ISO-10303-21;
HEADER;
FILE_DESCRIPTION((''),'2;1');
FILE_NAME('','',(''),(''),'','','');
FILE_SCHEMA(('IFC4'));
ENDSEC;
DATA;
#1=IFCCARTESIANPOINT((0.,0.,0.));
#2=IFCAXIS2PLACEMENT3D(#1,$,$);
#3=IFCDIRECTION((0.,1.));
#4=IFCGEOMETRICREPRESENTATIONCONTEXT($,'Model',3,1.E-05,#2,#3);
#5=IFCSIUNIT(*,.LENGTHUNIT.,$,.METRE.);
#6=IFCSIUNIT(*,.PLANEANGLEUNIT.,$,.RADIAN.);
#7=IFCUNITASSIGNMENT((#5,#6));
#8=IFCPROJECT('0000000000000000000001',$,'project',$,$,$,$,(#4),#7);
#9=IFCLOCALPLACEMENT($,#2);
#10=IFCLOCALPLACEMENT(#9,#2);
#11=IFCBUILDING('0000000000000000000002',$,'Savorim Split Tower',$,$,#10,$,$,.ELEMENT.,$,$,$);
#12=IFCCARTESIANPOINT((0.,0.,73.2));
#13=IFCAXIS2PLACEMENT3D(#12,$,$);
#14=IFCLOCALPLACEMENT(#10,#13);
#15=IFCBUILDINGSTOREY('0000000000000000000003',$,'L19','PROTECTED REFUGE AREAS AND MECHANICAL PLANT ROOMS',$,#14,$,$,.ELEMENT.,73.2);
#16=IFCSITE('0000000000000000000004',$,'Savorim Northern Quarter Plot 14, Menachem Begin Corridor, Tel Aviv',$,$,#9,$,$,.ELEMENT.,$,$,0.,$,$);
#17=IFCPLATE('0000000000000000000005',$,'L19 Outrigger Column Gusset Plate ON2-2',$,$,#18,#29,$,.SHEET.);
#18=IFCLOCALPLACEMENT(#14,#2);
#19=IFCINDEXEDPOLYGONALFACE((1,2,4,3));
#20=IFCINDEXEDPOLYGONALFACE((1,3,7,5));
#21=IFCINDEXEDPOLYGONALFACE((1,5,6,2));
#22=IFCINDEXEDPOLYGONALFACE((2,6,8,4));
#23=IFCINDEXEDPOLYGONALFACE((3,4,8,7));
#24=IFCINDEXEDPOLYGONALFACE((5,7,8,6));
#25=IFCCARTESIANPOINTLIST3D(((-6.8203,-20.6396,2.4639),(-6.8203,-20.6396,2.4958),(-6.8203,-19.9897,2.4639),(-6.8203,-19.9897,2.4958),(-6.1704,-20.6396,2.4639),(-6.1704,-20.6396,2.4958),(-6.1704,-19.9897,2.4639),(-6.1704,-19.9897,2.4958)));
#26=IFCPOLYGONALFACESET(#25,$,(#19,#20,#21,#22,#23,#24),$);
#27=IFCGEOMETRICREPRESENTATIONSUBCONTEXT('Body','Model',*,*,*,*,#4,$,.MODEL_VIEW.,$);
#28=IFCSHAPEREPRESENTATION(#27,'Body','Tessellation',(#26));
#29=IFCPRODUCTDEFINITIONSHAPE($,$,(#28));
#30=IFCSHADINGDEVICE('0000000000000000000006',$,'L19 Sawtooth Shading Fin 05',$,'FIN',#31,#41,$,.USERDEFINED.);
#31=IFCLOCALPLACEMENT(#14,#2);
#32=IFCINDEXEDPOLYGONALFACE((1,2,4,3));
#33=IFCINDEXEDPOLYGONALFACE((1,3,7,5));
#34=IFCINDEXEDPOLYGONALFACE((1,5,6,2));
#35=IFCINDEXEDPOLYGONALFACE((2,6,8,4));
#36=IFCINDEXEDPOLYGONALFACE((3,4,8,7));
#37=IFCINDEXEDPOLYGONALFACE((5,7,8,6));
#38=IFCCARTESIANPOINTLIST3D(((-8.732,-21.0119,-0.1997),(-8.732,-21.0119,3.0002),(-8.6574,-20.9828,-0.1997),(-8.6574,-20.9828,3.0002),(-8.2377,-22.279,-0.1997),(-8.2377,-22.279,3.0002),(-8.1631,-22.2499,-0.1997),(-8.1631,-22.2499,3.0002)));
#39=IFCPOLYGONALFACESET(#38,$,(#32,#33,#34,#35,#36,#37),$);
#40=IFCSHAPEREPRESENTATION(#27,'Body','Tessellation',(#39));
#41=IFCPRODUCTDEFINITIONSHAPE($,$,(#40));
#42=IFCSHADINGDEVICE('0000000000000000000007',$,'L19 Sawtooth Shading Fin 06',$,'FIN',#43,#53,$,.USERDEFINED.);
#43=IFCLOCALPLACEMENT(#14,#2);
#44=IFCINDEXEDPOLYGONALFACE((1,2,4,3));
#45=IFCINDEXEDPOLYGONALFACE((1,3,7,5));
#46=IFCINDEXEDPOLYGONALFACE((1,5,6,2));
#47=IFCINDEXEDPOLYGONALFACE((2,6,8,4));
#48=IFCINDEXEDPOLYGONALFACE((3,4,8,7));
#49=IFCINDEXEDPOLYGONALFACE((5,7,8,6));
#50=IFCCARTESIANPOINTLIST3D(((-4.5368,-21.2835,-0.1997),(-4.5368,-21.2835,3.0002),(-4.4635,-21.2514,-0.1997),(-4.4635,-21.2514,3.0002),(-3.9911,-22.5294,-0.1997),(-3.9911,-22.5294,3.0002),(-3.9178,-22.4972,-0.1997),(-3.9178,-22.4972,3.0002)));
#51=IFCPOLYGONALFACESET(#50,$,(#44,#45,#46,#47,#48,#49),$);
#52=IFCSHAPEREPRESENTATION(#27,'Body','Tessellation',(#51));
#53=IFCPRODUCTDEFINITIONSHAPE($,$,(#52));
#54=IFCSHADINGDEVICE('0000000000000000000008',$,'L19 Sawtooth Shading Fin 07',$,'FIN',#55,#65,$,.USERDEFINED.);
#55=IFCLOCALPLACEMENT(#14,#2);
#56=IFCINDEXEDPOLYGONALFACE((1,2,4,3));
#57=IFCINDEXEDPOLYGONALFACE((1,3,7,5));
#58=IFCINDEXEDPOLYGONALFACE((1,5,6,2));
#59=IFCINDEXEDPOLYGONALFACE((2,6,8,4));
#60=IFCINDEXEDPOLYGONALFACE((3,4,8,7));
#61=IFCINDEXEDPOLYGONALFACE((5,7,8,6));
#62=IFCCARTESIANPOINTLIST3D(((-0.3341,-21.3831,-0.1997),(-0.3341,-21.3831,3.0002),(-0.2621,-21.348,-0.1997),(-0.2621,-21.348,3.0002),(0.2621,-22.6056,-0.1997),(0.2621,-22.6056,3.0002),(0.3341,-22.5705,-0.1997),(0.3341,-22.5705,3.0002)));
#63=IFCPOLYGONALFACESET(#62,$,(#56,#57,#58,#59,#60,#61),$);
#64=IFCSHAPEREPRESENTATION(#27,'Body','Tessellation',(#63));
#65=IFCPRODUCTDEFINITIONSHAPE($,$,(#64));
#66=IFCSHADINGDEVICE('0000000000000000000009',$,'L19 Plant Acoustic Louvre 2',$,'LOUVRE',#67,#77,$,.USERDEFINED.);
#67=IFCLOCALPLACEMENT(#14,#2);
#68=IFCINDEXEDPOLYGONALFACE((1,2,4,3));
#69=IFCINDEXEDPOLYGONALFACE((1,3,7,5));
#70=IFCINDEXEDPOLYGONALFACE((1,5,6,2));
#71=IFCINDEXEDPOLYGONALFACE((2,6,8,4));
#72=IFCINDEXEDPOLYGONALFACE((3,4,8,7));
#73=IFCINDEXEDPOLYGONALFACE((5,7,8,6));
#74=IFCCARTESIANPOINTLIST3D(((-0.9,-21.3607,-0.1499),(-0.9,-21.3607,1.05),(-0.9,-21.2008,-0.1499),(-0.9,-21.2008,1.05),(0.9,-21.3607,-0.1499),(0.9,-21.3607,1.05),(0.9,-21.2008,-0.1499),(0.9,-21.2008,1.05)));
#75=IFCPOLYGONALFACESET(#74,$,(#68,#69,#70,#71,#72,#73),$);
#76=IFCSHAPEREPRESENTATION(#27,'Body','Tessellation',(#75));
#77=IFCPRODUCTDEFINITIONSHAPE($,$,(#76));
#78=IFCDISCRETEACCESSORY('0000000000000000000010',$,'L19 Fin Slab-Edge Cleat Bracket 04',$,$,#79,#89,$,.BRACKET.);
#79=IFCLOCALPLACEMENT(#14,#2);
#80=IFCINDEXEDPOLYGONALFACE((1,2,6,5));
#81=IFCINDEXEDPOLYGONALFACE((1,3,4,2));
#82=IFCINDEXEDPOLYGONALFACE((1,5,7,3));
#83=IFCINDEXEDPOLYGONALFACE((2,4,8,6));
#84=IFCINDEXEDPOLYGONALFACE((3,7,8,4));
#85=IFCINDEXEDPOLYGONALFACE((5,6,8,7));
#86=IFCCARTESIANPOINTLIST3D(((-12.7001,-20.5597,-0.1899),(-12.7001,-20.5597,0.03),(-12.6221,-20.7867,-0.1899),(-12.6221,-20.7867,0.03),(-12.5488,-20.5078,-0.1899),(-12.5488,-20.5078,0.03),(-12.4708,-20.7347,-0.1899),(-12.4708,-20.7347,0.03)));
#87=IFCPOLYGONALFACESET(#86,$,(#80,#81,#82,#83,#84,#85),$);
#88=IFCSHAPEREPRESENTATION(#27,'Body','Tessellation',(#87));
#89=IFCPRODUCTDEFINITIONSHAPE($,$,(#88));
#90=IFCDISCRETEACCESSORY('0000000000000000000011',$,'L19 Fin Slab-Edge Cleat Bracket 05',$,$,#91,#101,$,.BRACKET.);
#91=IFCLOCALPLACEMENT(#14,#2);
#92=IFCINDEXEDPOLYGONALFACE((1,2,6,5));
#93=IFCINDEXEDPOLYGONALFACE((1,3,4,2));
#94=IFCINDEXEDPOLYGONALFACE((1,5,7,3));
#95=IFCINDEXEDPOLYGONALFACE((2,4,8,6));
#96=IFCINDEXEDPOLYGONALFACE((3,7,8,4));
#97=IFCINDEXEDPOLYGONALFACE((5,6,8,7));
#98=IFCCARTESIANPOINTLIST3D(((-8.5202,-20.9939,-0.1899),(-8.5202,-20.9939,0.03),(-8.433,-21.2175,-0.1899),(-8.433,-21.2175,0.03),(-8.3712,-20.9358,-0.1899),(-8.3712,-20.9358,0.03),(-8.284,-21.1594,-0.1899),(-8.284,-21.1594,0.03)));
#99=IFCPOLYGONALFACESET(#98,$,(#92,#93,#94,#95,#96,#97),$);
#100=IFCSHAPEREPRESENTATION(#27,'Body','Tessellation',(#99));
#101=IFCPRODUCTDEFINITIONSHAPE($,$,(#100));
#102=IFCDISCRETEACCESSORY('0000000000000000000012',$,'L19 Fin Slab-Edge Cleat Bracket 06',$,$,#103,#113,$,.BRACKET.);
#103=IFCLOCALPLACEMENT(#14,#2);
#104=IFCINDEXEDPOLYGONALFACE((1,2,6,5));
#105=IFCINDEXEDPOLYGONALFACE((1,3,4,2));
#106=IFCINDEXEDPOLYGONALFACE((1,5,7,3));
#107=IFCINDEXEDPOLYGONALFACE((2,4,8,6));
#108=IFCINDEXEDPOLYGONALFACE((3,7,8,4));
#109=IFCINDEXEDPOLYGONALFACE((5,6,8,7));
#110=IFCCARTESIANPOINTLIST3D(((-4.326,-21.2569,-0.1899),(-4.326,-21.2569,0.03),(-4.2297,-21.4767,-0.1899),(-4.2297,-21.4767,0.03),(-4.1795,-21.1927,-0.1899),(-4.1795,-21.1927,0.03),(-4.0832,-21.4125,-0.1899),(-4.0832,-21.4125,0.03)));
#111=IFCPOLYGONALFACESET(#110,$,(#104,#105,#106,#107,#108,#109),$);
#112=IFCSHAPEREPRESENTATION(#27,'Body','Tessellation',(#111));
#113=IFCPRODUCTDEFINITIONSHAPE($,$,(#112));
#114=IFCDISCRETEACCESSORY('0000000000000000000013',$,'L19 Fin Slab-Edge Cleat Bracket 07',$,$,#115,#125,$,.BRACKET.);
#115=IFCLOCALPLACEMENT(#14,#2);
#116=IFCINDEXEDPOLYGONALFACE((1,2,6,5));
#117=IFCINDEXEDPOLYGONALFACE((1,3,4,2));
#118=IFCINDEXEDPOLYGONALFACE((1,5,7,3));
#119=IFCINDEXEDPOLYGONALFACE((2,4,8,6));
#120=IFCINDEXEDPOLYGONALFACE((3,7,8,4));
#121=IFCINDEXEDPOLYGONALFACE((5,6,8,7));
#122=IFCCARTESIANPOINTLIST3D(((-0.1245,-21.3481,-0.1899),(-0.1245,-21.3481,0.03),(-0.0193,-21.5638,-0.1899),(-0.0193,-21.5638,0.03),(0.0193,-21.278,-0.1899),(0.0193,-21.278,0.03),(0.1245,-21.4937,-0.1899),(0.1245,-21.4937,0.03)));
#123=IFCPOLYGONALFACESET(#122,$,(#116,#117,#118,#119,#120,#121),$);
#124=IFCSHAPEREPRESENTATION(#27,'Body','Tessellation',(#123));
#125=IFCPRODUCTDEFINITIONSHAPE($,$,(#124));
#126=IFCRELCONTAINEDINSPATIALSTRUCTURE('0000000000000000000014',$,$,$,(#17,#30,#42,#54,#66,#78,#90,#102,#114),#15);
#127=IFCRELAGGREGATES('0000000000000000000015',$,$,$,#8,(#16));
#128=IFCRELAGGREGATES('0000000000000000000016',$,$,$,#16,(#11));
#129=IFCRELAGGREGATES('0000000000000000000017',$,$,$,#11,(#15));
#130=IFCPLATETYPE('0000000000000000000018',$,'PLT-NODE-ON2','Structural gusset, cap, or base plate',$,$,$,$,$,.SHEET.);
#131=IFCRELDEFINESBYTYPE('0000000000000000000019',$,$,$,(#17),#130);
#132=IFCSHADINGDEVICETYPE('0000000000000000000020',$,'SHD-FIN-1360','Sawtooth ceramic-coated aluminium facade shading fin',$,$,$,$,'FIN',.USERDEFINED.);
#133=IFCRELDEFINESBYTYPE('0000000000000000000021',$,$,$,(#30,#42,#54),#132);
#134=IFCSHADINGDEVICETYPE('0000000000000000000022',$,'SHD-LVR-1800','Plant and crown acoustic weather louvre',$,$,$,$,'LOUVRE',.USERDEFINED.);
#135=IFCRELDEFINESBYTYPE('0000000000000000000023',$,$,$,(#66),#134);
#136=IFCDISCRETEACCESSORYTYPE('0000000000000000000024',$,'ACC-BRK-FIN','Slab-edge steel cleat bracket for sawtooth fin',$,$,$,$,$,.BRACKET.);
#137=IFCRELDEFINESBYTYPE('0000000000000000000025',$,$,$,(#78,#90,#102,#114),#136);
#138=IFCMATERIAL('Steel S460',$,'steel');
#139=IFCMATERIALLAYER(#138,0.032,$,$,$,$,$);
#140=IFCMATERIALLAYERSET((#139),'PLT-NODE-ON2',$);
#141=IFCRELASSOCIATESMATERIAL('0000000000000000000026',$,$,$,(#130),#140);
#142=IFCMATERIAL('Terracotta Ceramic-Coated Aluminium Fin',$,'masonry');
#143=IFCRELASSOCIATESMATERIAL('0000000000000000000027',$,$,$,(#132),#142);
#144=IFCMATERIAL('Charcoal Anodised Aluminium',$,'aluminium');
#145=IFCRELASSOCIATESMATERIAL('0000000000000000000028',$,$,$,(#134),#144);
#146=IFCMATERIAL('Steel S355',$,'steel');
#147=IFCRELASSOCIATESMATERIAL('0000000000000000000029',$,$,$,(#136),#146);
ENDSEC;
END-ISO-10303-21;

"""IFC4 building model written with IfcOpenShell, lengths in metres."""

from ifc_helpers import new_model, si_unit, direction, frame, origin, origin_2d, place, context, subcontext, project, spatial, rectangle, extrude, material, layer, layer_set, type_object, element, save


model = new_model("IFC4")

# Units and contexts
model_context = context("Model", 3, precision=1e-05, world=origin(), true_north=direction((0.0, 1.0)))
body_context = subcontext(model_context, "Body", "Model", "MODEL_VIEW")
ifc_project = project(units=[si_unit("LENGTHUNIT", "METRE"), si_unit("PLANEANGLEUNIT", "RADIAN")], contexts=[model_context])

# Site, building, storey
site_placement = place(None, origin())
site = spatial("IfcSite", under=ifc_project, at=site_placement, Name="Savorim Northern Quarter Plot 14, Menachem Begin Corridor, Tel Aviv", CompositionType="ELEMENT", RefElevation=0.0)
building_placement = place(site_placement, origin())
building = spatial("IfcBuilding", under=site, at=building_placement, Name="Savorim Split Tower", CompositionType="ELEMENT")
storey_placement = place(building_placement, frame((0.0, 0.0, 73.2)))
storey = spatial("IfcBuildingStorey", under=building, at=storey_placement, Name="L19", Description="PROTECTED REFUGE AREAS AND MECHANICAL PLANT ROOMS", CompositionType="ELEMENT", Elevation=73.2)

# Shared definitions
ifc_material_1 = material(Name="Steel S460", Category="steel")

# Shared definitions
ifc_material_2 = material(Name="Steel S355", Category="steel")

# Shared definitions
ifc_material_3 = material(Name="Charcoal Anodised Aluminium", Category="aluminium")

# Plate
ifc_layer_1 = layer(ifc_material_1, 0.032)
ifc_layer_set_1 = layer_set([ifc_layer_1], Name="PLT-NODE-ON2")
plate_type_1 = type_object("IfcPlateType", Name="PLT-NODE-ON2", Description="Structural gusset, cap, or base plate", PredefinedType="SHEET", material=ifc_layer_set_1)
plate_1_placement = place(storey_placement, frame((-6.4954, -20.3147, 2.4639), z_axis=(0.0, 0.0, 1.0), x_axis=(1.0, 0.0, 0.0)))
element("IfcPlate", 1, at=plate_1_placement, inside=storey, type_object=plate_type_1, Name="L19 Outrigger Column Gusset Plate ON2-2", PredefinedType="SHEET", context=body_context, shape_type="SweptSolid", body=[
    extrude(rectangle(XDim=0.6499, YDim=0.6499, at=origin_2d()), origin(), (0.0, 0.0, 1.0), 0.032),
])

# Shading devices
ifc_material_4 = material(Name="Terracotta Ceramic-Coated Aluminium Fin", Category="masonry")
shading_device_type_1 = type_object("IfcShadingDeviceType", Name="SHD-FIN-1360", Description="Sawtooth ceramic-coated aluminium facade shading fin", ElementType="FIN", PredefinedType="USERDEFINED", material=ifc_material_4)
for number, where, z_axis, x_axis, name in (
    (2, (-8.4475, -21.6309, -0.1997), (0.0, 0.0, 1.0), (0.363415, -0.931627, 0.0), "L19 Sawtooth Shading Fin 05"),
    (3, (-4.2273, -21.8904, -0.1997), (0.0, 0.0, 1.0), (0.40123, -0.915977, 0.0), "L19 Sawtooth Shading Fin 06"),
    (4, (0.0, -21.9768, -0.1997), (0.0, 0.0, 1.0), (0.438371, -0.898794, 0.0), "L19 Sawtooth Shading Fin 07"),
):
    element("IfcShadingDevice", number, at=place(storey_placement, frame(where, z_axis=z_axis, x_axis=x_axis)), inside=storey, type_object=shading_device_type_1, Name=name, ObjectType="FIN", PredefinedType="USERDEFINED", context=body_context, shape_type="SweptSolid", body=[
        extrude(rectangle(XDim=1.3601, YDim=0.0801, at=origin_2d()), origin(), (0.0, 0.0, 1.0), 3.2),
    ])
shading_device_type_2 = type_object("IfcShadingDeviceType", Name="SHD-LVR-1800", Description="Plant and crown acoustic weather louvre", ElementType="LOUVRE", PredefinedType="USERDEFINED", material=ifc_material_3)
shading_device_placement = place(storey_placement, frame((0.0, -21.2808, -0.1499), z_axis=(0.0, 0.0, 1.0), x_axis=(1.0, 0.0, 0.0)))
element("IfcShadingDevice", 5, at=shading_device_placement, inside=storey, type_object=shading_device_type_2, Name="L19 Plant Acoustic Louvre 2", ObjectType="LOUVRE", PredefinedType="USERDEFINED", context=body_context, shape_type="SweptSolid", body=[
    extrude(rectangle(XDim=1.8, YDim=0.1599, at=origin_2d()), origin(), (0.0, 0.0, 1.0), 1.2),
])

# Discrete accessories
discrete_accessory_type = type_object("IfcDiscreteAccessoryType", Name="ACC-BRK-FIN", Description="Slab-edge steel cleat bracket for sawtooth fin", PredefinedType="BRACKET", material=ifc_material_2)
for number, where, z_axis, x_axis, name in (
    (6, (-12.5854, -20.6472, -0.1899), (0.0, 0.0, 1.0), (0.324994, -0.945716, 0.0), "L19 Fin Slab-Edge Cleat Bracket 04"),
    (7, (-8.4021, -21.0767, -0.1899), (0.0, 0.0, 1.0), (0.363415, -0.931627, 0.0), "L19 Fin Slab-Edge Cleat Bracket 05"),
    (8, (-4.2046, -21.3347, -0.1899), (0.0, 0.0, 1.0), (0.40123, -0.915977, 0.0), "L19 Fin Slab-Edge Cleat Bracket 06"),
    (9, (0.0, -21.4209, -0.1899), (0.0, 0.0, 1.0), (0.438371, -0.898794, 0.0), "L19 Fin Slab-Edge Cleat Bracket 07"),
):
    element("IfcDiscreteAccessory", number, at=place(storey_placement, frame(where, z_axis=z_axis, x_axis=x_axis)), inside=storey, type_object=discrete_accessory_type, Name=name, PredefinedType="BRACKET", context=body_context, shape_type="SweptSolid", body=[
        extrude(rectangle(XDim=0.24, YDim=0.1599, at=origin_2d()), origin(), (0.0, 0.0, 1.0), 0.22),
    ])

save(model, "model.ifc")
